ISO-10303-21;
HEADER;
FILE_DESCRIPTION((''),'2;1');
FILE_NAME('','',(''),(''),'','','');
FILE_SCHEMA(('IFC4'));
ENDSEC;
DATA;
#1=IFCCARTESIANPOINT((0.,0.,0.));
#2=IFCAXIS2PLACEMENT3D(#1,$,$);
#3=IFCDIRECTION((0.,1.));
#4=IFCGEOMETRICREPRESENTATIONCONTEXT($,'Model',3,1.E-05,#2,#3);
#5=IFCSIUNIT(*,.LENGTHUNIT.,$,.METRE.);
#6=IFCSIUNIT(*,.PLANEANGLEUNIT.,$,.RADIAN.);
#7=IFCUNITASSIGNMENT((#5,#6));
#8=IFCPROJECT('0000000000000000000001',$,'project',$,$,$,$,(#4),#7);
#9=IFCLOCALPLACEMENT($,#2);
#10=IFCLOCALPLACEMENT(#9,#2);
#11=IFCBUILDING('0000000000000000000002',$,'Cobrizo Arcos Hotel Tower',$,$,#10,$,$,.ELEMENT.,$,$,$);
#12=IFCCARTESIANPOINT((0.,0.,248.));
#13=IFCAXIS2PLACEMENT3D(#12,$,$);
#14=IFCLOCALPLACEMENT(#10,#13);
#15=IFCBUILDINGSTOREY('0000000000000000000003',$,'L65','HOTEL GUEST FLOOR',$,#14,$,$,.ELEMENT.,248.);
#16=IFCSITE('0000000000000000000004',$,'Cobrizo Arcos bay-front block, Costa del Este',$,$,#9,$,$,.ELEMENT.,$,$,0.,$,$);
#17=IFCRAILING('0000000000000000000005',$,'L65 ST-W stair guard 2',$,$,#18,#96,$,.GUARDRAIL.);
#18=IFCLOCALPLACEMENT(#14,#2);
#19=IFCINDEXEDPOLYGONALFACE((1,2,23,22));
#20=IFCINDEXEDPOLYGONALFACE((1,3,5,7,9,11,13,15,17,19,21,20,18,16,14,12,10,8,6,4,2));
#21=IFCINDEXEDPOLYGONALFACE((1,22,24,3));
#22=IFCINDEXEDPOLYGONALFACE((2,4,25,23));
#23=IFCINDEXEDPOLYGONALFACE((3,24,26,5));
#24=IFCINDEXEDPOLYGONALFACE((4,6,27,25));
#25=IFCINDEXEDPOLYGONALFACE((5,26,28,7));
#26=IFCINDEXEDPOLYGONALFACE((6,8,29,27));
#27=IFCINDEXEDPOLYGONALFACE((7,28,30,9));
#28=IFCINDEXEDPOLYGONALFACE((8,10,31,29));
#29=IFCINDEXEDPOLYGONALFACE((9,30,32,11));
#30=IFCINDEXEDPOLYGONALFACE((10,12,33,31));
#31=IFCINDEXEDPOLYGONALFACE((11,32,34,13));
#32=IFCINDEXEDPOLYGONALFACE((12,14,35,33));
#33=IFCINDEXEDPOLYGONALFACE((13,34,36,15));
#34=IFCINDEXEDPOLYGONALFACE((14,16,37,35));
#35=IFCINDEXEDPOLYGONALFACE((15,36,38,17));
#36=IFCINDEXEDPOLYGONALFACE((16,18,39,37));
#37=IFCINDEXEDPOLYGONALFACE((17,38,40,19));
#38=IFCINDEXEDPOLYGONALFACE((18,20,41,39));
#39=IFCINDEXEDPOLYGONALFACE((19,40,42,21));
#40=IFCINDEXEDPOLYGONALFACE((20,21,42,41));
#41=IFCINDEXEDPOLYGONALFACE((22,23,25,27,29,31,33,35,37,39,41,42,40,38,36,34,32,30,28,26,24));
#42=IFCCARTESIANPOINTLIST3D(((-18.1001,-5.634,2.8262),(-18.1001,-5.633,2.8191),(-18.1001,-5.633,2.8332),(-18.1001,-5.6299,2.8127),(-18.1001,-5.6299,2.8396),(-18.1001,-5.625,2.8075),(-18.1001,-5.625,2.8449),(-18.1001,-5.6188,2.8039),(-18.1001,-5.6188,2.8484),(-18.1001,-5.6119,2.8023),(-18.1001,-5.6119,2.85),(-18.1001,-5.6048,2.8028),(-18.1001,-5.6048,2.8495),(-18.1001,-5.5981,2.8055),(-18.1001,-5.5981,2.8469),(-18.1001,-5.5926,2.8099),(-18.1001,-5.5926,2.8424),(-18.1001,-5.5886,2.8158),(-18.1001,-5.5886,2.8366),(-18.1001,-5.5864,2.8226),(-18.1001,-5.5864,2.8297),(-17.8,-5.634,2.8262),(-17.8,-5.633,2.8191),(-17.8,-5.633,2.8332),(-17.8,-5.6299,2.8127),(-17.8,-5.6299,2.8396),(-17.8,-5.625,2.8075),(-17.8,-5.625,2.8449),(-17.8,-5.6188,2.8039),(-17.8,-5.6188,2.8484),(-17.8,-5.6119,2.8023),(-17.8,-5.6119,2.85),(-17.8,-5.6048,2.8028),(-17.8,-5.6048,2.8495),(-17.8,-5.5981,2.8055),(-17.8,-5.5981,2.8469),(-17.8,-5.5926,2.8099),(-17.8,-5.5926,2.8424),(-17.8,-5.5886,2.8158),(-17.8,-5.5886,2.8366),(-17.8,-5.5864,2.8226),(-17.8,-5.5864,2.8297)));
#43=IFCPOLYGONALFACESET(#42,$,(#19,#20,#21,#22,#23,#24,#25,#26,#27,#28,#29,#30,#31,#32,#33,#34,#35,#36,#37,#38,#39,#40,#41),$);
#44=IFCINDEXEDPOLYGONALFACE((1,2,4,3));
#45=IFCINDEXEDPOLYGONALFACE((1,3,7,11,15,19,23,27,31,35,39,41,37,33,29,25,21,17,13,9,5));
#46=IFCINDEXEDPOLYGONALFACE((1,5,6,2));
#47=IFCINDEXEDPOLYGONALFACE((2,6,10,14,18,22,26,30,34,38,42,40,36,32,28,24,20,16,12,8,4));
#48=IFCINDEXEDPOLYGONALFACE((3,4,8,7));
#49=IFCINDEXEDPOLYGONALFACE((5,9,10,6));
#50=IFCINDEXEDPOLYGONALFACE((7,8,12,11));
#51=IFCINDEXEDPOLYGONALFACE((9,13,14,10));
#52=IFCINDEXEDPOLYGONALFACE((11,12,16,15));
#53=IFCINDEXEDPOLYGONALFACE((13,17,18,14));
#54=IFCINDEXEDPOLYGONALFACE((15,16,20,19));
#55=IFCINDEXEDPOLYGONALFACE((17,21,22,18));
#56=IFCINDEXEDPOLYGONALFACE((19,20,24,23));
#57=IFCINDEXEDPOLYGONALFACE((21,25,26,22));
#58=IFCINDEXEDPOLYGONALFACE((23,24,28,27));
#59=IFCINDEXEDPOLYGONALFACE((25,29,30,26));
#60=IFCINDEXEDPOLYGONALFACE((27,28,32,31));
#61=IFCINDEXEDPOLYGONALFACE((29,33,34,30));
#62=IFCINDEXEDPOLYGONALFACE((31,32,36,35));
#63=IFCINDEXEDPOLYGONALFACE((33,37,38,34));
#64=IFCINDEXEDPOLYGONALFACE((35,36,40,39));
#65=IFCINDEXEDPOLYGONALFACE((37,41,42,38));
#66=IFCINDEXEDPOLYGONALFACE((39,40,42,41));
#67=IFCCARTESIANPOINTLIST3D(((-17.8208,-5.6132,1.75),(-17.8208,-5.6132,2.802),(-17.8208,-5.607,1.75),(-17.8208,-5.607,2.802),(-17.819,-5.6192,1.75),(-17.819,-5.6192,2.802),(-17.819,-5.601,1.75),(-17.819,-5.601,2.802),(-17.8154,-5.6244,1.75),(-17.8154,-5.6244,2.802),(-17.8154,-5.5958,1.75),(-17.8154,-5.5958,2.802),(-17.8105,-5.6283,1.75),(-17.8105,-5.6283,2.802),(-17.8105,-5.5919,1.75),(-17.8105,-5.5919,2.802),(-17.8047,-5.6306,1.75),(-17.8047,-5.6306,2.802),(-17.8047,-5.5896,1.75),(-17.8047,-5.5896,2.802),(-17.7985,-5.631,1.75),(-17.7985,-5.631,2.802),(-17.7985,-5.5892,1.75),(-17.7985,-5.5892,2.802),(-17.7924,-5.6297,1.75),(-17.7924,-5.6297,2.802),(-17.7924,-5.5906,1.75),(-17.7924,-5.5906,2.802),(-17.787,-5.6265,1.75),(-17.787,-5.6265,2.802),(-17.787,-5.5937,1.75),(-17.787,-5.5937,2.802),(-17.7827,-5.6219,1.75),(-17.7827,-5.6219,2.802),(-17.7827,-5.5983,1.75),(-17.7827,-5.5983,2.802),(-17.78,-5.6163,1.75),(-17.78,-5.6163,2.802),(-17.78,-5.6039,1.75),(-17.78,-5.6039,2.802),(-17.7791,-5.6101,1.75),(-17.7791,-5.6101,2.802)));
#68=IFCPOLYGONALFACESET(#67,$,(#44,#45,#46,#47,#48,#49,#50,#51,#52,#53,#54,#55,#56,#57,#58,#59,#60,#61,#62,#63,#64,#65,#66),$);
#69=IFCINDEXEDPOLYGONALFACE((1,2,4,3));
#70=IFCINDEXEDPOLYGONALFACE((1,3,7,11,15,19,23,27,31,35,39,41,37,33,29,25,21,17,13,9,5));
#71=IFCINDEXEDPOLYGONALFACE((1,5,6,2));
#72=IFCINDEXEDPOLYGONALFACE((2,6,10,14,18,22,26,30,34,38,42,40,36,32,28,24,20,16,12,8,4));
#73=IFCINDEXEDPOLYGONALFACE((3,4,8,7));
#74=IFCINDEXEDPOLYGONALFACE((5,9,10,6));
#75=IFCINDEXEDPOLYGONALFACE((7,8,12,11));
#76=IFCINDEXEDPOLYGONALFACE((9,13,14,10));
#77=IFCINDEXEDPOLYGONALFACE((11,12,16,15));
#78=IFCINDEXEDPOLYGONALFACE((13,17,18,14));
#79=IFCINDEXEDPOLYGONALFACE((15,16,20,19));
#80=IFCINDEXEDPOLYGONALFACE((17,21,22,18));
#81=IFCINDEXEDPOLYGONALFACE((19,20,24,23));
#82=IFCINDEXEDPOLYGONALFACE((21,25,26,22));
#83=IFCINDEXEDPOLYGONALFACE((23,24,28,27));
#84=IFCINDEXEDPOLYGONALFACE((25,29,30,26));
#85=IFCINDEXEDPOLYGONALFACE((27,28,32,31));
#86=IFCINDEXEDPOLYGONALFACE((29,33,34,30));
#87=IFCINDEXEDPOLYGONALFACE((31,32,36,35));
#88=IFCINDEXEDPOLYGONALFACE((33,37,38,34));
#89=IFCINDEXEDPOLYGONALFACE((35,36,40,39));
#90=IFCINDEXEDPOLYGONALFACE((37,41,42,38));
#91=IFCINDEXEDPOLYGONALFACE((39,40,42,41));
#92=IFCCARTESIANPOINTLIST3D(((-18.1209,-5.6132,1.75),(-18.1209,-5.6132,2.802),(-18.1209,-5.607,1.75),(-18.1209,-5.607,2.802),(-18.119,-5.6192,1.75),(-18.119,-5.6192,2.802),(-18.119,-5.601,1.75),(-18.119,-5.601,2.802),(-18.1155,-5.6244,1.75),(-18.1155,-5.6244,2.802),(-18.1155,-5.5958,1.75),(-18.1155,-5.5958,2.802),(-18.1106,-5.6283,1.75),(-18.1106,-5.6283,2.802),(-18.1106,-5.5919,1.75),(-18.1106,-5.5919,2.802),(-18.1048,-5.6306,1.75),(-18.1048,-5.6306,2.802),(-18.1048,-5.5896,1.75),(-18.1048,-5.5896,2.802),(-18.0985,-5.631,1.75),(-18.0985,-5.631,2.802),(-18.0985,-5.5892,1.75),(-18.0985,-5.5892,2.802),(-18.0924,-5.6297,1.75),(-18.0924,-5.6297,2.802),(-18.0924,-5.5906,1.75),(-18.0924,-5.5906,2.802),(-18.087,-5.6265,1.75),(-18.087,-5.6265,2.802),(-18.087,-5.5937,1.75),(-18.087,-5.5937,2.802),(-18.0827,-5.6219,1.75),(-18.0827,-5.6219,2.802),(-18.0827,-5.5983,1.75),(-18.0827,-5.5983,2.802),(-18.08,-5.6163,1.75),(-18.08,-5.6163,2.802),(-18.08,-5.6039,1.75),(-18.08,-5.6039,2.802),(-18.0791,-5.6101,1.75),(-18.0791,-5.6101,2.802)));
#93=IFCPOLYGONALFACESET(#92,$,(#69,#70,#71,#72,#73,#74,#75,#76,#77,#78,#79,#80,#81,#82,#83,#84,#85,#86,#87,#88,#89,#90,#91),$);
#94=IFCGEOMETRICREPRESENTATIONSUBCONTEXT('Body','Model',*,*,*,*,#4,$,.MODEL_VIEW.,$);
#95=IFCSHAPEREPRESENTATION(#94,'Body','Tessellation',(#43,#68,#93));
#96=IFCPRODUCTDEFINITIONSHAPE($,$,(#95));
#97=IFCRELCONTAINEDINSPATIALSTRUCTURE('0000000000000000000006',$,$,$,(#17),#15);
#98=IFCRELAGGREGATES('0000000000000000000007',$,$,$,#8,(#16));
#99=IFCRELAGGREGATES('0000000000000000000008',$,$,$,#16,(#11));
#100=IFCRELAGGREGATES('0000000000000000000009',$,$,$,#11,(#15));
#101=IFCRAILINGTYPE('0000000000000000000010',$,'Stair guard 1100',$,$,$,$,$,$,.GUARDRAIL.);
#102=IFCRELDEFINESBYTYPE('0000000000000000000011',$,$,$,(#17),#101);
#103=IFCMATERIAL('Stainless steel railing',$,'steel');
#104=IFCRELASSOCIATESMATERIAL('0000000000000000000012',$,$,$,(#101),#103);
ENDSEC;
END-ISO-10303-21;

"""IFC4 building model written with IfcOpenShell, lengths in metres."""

from ifc_helpers import new_model, si_unit, direction, frame, origin, origin_2d, place, context, subcontext, project, spatial, circle, extrude, material, type_object, element, save


model = new_model("IFC4")

# Units and contexts
model_context = context("Model", 3, precision=1e-05, world=origin(), true_north=direction((0.0, 1.0)))
body_context = subcontext(model_context, "Body", "Model", "MODEL_VIEW")
ifc_project = project(units=[si_unit("LENGTHUNIT", "METRE"), si_unit("PLANEANGLEUNIT", "RADIAN")], contexts=[model_context])

# Site, building, storey
site_placement = place(None, origin())
site = spatial("IfcSite", under=ifc_project, at=site_placement, Name="Cobrizo Arcos bay-front block, Costa del Este", CompositionType="ELEMENT", RefElevation=0.0)
building_placement = place(site_placement, origin())
building = spatial("IfcBuilding", under=site, at=building_placement, Name="Cobrizo Arcos Hotel Tower", CompositionType="ELEMENT")
storey_placement = place(building_placement, frame((0.0, 0.0, 248.0)))
storey = spatial("IfcBuildingStorey", under=building, at=storey_placement, Name="L65", Description="HOTEL GUEST FLOOR", CompositionType="ELEMENT", Elevation=248.0)

# Railing
ifc_material_1 = material(Name="Stainless steel railing", Category="steel")
railing_type_1 = type_object("IfcRailingType", Name="Stair guard 1100", PredefinedType="GUARDRAIL", material=ifc_material_1)
railing_1_placement = place(storey_placement, frame((-17.8, -5.6101, 1.75)))
element("IfcRailing", 1, at=railing_1_placement, inside=storey, type_object=railing_type_1, Name="L65 ST-W stair guard 2", PredefinedType="GUARDRAIL", context=body_context, shape_type="SweptSolid", body=[
    extrude(circle(Radius=0.0239, at=origin_2d()), frame((0.0, 0.0, 1.0762), z_axis=(-1.0, 0.0, 0.0), x_axis=(0.0, -1.0, 0.0)), (0.0, 0.0, 1.0), 0.3),
    extrude(circle(Radius=0.021, at=origin_2d()), origin(), (0.0, 0.0, 1.0), 1.052),
    extrude(circle(Radius=0.021, at=origin_2d()), frame((-0.3, 0.0, 0.0)), (0.0, 0.0, 1.0), 1.052),
])

save(model, "model.ifc")
